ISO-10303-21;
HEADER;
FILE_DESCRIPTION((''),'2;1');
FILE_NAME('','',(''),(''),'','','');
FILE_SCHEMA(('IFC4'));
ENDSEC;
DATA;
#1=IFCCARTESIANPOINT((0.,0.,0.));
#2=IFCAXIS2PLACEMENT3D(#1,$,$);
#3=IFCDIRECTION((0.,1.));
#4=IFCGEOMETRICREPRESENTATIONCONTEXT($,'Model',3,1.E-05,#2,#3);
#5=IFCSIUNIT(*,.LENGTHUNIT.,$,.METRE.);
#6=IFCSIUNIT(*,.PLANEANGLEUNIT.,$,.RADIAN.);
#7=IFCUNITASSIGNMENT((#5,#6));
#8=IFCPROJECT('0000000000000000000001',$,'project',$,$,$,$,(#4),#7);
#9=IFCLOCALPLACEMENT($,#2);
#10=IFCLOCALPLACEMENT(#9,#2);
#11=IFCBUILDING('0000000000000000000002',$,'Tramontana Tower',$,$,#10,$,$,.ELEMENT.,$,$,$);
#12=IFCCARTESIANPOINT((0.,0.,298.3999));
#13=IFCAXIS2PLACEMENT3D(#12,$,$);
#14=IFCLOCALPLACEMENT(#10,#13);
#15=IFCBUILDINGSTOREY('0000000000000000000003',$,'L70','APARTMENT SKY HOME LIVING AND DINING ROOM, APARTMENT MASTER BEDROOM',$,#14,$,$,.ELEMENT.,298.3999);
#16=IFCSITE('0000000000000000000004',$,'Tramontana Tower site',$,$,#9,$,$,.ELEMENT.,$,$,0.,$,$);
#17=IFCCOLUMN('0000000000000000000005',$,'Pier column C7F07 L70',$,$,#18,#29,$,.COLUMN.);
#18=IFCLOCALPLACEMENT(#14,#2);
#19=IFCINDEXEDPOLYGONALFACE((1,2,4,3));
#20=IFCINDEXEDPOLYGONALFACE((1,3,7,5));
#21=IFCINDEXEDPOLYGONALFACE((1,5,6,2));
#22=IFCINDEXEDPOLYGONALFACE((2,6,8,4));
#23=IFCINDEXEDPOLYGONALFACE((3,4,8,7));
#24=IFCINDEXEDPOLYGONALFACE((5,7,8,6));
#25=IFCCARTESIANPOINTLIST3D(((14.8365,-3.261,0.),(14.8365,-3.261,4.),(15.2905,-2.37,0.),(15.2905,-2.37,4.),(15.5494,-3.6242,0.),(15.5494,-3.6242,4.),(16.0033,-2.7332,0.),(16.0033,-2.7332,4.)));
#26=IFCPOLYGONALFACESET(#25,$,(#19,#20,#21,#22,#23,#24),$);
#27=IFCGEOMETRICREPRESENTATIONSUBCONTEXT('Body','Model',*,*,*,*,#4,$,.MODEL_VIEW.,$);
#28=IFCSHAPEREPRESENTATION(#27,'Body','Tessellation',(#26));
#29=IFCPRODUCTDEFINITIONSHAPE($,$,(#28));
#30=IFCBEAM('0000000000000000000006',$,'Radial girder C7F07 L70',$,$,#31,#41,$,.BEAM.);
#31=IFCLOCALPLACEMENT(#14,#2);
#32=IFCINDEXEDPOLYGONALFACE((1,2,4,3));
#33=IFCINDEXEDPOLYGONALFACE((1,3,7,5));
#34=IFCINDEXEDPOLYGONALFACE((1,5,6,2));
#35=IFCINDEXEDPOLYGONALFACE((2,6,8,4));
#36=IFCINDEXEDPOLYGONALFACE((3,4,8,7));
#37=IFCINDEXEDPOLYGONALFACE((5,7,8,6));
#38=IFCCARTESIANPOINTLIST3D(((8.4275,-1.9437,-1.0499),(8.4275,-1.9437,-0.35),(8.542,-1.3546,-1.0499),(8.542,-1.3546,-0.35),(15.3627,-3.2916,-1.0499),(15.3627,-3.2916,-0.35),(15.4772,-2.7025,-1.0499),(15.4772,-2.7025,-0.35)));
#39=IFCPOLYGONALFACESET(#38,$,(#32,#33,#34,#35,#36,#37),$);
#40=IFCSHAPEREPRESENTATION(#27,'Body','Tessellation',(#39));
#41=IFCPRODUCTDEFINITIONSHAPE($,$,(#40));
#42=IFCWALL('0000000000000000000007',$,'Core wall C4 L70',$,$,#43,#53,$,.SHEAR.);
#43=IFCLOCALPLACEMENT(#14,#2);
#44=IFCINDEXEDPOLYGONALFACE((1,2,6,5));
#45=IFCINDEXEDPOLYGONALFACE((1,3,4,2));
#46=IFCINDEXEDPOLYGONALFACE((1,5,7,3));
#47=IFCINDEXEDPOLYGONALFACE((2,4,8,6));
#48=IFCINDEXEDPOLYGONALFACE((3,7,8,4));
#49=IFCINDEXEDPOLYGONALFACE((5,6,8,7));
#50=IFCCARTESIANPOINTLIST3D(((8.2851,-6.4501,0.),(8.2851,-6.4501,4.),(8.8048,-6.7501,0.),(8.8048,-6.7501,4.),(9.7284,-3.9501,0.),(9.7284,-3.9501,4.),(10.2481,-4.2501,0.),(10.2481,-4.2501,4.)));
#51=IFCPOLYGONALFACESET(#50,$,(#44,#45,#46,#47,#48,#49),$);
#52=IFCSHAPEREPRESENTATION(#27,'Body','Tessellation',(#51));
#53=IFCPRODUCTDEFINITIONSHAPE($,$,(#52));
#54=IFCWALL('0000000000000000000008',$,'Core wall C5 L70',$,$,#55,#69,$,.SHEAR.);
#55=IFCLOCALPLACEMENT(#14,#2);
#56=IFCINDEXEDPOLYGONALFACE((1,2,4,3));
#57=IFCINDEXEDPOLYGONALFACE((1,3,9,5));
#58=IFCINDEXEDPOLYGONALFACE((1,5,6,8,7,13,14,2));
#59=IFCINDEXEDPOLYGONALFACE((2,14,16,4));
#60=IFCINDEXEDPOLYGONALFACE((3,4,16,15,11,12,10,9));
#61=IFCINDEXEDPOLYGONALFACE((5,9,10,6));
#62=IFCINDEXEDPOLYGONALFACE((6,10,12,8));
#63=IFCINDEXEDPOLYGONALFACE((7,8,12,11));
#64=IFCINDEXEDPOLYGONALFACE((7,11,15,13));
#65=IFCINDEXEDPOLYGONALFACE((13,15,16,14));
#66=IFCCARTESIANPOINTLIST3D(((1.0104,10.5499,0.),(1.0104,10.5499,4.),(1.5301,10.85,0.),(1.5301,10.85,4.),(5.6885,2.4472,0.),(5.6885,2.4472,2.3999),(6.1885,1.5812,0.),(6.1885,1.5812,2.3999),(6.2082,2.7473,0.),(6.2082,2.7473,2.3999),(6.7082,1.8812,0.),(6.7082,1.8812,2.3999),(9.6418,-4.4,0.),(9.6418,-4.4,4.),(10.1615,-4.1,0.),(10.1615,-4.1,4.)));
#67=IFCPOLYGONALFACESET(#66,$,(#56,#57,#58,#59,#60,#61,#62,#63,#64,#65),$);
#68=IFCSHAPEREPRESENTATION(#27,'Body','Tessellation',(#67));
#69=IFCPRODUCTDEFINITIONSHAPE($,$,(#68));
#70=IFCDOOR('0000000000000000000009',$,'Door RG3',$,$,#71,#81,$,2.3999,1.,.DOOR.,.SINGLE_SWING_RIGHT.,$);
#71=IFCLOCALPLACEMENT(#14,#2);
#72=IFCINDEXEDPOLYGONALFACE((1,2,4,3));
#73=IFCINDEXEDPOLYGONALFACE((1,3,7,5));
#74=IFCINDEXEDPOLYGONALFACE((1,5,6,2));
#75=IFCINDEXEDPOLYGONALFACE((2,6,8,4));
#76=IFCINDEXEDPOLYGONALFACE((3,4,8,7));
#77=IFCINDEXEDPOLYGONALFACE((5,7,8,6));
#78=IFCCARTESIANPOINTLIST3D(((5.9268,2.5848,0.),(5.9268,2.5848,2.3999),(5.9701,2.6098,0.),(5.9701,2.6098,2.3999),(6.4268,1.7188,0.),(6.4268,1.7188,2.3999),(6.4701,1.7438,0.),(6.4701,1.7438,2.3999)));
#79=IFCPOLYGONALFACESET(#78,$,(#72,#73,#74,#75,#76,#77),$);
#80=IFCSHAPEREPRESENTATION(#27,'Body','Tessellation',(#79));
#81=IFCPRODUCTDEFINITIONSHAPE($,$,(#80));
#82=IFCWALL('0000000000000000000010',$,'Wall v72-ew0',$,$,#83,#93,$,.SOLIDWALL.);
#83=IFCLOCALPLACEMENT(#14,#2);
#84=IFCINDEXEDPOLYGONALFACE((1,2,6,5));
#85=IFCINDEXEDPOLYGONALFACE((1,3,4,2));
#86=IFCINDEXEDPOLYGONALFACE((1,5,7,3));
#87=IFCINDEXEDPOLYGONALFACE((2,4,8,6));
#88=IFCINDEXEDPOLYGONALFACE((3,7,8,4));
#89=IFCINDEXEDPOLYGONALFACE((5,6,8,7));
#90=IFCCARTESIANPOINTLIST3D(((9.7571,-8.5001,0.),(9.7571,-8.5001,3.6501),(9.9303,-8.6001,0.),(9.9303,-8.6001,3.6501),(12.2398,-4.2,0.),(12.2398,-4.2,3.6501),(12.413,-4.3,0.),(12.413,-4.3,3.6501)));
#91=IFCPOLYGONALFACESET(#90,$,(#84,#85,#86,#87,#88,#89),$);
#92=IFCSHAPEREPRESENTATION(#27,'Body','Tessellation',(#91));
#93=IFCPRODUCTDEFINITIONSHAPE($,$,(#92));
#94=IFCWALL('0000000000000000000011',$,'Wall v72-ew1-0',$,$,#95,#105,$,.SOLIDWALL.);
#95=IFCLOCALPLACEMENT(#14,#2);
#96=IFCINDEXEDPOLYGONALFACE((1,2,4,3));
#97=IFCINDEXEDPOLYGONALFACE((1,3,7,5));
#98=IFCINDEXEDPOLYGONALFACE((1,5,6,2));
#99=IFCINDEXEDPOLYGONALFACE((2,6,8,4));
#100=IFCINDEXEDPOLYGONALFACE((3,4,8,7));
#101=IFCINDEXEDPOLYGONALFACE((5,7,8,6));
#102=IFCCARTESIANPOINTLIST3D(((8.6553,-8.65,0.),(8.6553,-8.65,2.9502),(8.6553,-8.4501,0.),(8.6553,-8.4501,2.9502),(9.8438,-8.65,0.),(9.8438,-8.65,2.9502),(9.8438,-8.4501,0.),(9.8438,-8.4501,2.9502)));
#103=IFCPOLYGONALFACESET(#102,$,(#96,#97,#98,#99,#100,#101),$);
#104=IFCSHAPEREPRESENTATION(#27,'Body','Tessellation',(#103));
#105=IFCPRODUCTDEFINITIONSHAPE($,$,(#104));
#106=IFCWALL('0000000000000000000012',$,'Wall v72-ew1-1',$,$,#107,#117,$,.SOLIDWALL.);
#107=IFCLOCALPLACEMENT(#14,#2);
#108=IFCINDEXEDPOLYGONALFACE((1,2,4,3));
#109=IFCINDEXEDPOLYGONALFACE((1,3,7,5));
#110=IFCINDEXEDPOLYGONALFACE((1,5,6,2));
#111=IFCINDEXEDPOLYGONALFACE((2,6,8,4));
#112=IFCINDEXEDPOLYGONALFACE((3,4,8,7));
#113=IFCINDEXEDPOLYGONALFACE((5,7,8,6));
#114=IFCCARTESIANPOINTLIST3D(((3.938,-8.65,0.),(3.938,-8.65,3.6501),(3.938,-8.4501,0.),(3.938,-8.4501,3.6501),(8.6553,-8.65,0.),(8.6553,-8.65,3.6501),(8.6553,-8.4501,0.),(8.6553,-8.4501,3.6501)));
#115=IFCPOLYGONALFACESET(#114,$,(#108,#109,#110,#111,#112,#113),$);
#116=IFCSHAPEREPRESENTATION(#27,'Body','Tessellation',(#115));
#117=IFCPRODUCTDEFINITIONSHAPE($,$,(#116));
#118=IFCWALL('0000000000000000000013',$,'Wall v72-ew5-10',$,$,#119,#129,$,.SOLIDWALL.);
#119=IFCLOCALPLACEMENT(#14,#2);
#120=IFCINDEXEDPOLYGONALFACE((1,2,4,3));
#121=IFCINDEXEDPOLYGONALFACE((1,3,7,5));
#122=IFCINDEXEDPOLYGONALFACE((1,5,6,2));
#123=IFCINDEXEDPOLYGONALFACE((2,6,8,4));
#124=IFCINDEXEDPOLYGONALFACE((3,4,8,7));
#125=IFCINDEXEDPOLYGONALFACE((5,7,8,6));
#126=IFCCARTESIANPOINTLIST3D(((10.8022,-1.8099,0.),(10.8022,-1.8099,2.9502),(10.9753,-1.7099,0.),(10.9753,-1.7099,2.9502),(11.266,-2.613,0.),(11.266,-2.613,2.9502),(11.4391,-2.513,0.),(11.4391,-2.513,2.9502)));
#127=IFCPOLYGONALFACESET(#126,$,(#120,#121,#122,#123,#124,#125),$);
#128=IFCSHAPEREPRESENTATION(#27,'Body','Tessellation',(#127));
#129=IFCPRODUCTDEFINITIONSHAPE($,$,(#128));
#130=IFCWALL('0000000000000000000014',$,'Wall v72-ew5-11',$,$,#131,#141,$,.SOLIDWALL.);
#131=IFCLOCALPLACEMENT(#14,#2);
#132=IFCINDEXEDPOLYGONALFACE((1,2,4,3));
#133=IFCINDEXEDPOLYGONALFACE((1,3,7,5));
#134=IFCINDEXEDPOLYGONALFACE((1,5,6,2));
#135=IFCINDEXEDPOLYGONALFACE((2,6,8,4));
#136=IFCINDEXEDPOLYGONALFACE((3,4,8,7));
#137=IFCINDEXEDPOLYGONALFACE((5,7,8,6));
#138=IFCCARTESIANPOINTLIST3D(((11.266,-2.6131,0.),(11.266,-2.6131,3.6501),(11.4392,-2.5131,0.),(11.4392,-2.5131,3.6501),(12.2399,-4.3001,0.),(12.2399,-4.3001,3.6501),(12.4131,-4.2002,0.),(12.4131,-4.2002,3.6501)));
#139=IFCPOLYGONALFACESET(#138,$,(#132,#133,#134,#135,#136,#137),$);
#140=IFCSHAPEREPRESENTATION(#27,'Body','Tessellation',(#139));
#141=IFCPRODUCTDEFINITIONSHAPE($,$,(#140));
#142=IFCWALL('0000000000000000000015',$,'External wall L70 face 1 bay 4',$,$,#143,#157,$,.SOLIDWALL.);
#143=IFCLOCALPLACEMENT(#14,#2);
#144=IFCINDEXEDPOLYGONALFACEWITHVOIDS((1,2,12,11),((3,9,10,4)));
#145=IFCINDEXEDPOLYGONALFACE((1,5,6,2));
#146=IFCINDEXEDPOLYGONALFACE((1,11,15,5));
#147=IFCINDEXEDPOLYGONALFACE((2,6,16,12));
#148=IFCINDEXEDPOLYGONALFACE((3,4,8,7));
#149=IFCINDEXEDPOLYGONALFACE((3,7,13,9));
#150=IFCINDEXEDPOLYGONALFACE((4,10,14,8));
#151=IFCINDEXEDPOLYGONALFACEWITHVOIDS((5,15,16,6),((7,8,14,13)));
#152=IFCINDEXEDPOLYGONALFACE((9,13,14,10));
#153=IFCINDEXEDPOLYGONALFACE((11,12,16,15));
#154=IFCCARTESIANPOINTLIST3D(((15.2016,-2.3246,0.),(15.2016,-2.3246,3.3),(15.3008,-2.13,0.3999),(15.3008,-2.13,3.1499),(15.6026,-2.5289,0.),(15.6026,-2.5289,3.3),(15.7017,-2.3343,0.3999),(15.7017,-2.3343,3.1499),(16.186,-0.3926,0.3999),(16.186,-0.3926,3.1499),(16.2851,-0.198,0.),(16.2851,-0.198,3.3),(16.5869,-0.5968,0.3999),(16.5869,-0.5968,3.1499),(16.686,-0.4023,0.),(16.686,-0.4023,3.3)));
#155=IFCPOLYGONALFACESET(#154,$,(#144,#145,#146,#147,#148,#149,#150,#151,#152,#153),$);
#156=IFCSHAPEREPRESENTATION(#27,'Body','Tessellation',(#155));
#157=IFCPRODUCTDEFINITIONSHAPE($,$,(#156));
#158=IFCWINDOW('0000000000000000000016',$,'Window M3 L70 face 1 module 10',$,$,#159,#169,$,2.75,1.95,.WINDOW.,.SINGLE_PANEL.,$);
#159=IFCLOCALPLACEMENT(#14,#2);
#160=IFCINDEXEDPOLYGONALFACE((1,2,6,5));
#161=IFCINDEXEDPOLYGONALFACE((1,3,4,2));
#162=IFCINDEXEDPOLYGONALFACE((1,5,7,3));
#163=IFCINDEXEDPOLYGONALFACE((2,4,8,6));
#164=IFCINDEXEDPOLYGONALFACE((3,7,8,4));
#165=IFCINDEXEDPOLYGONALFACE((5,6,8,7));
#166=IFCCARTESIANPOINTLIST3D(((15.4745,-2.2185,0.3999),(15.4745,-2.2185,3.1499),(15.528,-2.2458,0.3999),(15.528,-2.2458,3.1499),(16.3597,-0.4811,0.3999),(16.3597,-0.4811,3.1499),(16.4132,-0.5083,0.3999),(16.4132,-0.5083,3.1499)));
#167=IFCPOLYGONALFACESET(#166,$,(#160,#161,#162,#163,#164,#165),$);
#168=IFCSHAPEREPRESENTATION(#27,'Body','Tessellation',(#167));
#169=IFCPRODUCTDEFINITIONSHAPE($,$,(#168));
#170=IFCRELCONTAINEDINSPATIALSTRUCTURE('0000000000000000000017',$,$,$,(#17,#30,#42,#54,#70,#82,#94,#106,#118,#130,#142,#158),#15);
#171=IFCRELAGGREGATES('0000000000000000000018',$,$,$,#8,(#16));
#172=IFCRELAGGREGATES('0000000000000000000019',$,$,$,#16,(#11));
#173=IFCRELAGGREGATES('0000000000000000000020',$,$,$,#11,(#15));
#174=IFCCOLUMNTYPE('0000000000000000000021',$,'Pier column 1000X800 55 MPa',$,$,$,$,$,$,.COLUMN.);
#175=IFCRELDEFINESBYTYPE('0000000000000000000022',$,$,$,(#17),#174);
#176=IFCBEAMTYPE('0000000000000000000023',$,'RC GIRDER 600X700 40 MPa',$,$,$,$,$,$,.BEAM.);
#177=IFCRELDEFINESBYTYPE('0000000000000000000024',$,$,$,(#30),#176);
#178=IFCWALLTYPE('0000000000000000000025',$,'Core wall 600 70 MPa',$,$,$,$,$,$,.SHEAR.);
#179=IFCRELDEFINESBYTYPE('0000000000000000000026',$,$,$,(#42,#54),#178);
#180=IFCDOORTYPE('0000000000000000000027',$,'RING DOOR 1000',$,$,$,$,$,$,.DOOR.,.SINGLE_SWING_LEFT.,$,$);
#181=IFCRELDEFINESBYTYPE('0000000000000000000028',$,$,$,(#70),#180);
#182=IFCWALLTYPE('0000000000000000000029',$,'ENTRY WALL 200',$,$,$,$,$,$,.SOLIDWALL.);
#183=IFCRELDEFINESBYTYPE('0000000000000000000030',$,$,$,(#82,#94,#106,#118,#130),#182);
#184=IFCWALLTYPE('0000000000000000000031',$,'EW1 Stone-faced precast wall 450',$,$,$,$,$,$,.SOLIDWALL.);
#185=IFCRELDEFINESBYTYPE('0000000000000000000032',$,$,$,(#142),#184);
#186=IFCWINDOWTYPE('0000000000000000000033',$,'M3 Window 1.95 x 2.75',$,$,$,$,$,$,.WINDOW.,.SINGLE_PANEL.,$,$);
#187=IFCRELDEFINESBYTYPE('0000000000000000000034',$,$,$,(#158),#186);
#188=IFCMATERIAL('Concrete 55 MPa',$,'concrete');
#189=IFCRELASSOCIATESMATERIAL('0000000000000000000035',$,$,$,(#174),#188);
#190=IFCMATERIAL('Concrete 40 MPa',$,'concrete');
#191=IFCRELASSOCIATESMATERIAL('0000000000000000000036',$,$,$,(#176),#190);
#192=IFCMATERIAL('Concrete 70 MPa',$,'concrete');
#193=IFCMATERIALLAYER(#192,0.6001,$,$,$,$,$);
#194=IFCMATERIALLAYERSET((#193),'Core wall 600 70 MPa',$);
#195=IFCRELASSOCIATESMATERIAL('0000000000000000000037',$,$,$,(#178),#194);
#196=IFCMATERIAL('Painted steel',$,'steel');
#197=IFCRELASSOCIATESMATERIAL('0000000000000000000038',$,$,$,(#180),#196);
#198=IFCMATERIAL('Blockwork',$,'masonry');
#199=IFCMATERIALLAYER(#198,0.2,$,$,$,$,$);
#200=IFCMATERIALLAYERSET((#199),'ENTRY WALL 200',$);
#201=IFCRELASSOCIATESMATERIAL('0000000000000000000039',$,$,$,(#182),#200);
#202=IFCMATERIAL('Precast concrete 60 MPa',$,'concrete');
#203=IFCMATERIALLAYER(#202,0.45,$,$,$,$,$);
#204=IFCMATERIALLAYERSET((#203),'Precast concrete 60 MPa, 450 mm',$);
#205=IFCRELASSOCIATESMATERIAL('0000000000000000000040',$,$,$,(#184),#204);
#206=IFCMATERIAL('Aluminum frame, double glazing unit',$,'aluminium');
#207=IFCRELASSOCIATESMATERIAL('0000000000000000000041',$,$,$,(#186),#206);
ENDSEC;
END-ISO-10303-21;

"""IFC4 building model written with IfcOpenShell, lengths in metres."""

from ifc_helpers import new_model, si_unit, direction, frame, frame_2d, origin, origin_2d, place, context, subcontext, project, spatial, rectangle, extrude, material, layer, layer_set, material_profile, profile_set, type_object, element, fill, save


model = new_model("IFC4")

# Units and contexts
model_context = context("Model", 3, precision=1e-05, world=origin(), true_north=direction((0.0, 1.0)))
body_context = subcontext(model_context, "Body", "Model", "MODEL_VIEW")
ifc_project = project(units=[si_unit("LENGTHUNIT", "METRE"), si_unit("PLANEANGLEUNIT", "RADIAN")], contexts=[model_context])

# Site, building, storey
site_placement = place(None, origin())
site = spatial("IfcSite", under=ifc_project, at=site_placement, Name="Tramontana Tower site", CompositionType="ELEMENT", RefElevation=0.0)
building_placement = place(site_placement, origin())
building = spatial("IfcBuilding", under=site, at=building_placement, Name="Tramontana Tower", CompositionType="ELEMENT")
storey_placement = place(building_placement, frame((0.0, 0.0, 298.3999)))
storey = spatial("IfcBuildingStorey", under=building, at=storey_placement, Name="L70", Description="APARTMENT SKY HOME LIVING AND DINING ROOM, APARTMENT MASTER BEDROOM", CompositionType="ELEMENT", Elevation=298.3999)

# Column
ifc_material_1 = material(Name="Concrete 55 MPa", Category="concrete")
ifc_material_profile_1 = material_profile(ifc_material_1, rectangle(XDim=1.0, YDim=0.8, at=origin_2d()), Name="Pier column 1000X800 55 MPa")
ifc_profile_set_1 = profile_set([ifc_material_profile_1], Name="Concrete 55 MPa")
column_type = type_object("IfcColumnType", Name="Pier column 1000X800 55 MPa", PredefinedType="COLUMN", material=ifc_profile_set_1)
column_placement = place(storey_placement, frame((15.4199, -2.9971, 0.0), z_axis=(0.0, 0.0, 1.0), x_axis=(0.45399, 0.891007, 0.0)))
element("IfcColumn", 1, at=column_placement, inside=storey, type_object=column_type, Name="Pier column C7F07 L70", PredefinedType="COLUMN", context=body_context, shape_type="SweptSolid", body=[
    extrude(rectangle(XDim=1.0, YDim=0.8, at=origin_2d()), origin(), (0.0, 0.0, 1.0), 4.0),
])

# Beam
ifc_material_2 = material(Name="Concrete 40 MPa", Category="concrete")
ifc_material_profile_2 = material_profile(ifc_material_2, rectangle(XDim=0.6001, YDim=0.7, at=origin_2d()), Name="RC GIRDER 600X700 40 MPa")
ifc_profile_set_2 = profile_set([ifc_material_profile_2], Name="Concrete 40 MPa")
beam_type = type_object("IfcBeamType", Name="RC GIRDER 600X700 40 MPa", PredefinedType="BEAM", material=ifc_profile_set_2)
beam_placement = place(storey_placement, frame((15.4199, -2.9971, -0.7), z_axis=(-0.981631, 0.19079, 0.0), x_axis=(-0.19079, -0.981631, 0.0)))
element("IfcBeam", 2, at=beam_placement, inside=storey, type_object=beam_type, Name="Radial girder C7F07 L70", PredefinedType="BEAM", context=body_context, shape_type="SweptSolid", body=[
    extrude(rectangle(XDim=0.6001, YDim=0.7, at=origin_2d()), origin(), (0.0, 0.0, 1.0), 7.0649),
])

# Wall
ifc_material_3 = material(Name="Concrete 70 MPa", Category="concrete")
ifc_layer_1 = layer(ifc_material_3, 0.6001)
ifc_layer_set_1 = layer_set([ifc_layer_1], Name="Core wall 600 70 MPa")
wall_type_1 = type_object("IfcWallType", Name="Core wall 600 70 MPa", PredefinedType="SHEAR", material=ifc_layer_set_1)
wall_1_placement = place(storey_placement, frame((8.5449, -6.6001, 0.0), z_axis=(0.0, 0.0, 1.0), x_axis=(0.499996, 0.866028, 0.0)))
element("IfcWall", 3, at=wall_1_placement, inside=storey, type_object=wall_type_1, Name="Core wall C4 L70", PredefinedType="SHEAR", context=body_context, shape_type="SweptSolid", body=[
    extrude(rectangle(XDim=2.8867, YDim=0.6001, at=frame_2d((1.4434, 0.0))), origin(), (0.0, 0.0, 1.0), 4.0),
])

# Wall, opening, door
wall_2_placement = place(storey_placement, frame((9.9016, -4.25, 0.0), z_axis=(0.0, 0.0, 1.0), x_axis=(-0.5, 0.866026, 0.0)))
wall_2 = element("IfcWall", 4, at=wall_2_placement, inside=storey, type_object=wall_type_1, Name="Core wall C5 L70", PredefinedType="SHEAR", context=body_context, shape_type="SweptSolid", body=[
    extrude(rectangle(XDim=17.2627, YDim=0.6001, at=frame_2d((8.6313, 0.0))), origin(), (0.0, 0.0, 1.0), 4.0),
])
opening_1_placement = place(wall_2_placement, frame((6.9065, 0.0, 0.0)))
opening_1 = element("IfcOpeningElement", 5, at=opening_1_placement, cuts=wall_2, PredefinedType="OPENING", context=body_context, shape_type="SweptSolid", body=[
    extrude(rectangle(XDim=1.0, YDim=2.3999, at=frame_2d((0.5, 1.2))), frame((0.0, 0.3101, 0.0), z_axis=(0.0, -1.0, 0.0), x_axis=(1.0, 0.0, 0.0)), (0.0, 0.0, 1.0), 0.6201),
])
ifc_material_4 = material(Name="Painted steel", Category="steel")
door_type_1 = type_object("IfcDoorType", Name="RING DOOR 1000", OperationType="SINGLE_SWING_LEFT", PredefinedType="DOOR", material=ifc_material_4)
door_1_placement = place(opening_1_placement, origin())
door_1 = element("IfcDoor", 6, at=door_1_placement, inside=storey, type_object=door_type_1, Name="Door RG3", OperationType="SINGLE_SWING_RIGHT", OverallHeight=2.3999, OverallWidth=1.0, PredefinedType="DOOR", context=body_context, shape_type="SweptSolid", body=[
    extrude(rectangle(XDim=1.0, YDim=2.3999, at=frame_2d((0.5, 1.2))), frame((0.0, 0.0249, 0.0), z_axis=(0.0, -1.0, 0.0), x_axis=(1.0, 0.0, 0.0)), (0.0, 0.0, 1.0), 0.05),
])
fill(opening_1, door_1)

# Walls
ifc_material_5 = material(Name="Blockwork", Category="masonry")
ifc_layer_2 = layer(ifc_material_5, 0.2)
ifc_layer_set_2 = layer_set([ifc_layer_2], Name="ENTRY WALL 200")
wall_type_2 = type_object("IfcWallType", Name="ENTRY WALL 200", PredefinedType="SOLIDWALL", material=ifc_layer_set_2)
wall_3_placement = place(storey_placement, frame((12.3264, -4.25, 0.0), z_axis=(0.0, 0.0, 1.0), x_axis=(-0.500005, -0.866023, 0.0)))
element("IfcWall", 7, at=wall_3_placement, inside=storey, type_object=wall_type_2, Name="Wall v72-ew0", PredefinedType="SOLIDWALL", context=body_context, shape_type="SweptSolid", body=[
    extrude(rectangle(XDim=4.9653, YDim=0.2, at=frame_2d((2.4827, 0.0))), origin(), (0.0, 0.0, 1.0), 3.6501),
])
wall_4_placement = place(storey_placement, frame((9.8438, -8.55, 0.0), z_axis=(0.0, 0.0, 1.0), x_axis=(-1.0, 0.0, 0.0)))
element("IfcWall", 8, at=wall_4_placement, inside=storey, type_object=wall_type_2, Name="Wall v72-ew1-0", PredefinedType="SOLIDWALL", context=body_context, shape_type="SweptSolid", body=[
    extrude(rectangle(XDim=1.1885, YDim=0.2, at=frame_2d((0.5942, 0.0))), origin(), (0.0, 0.0, 1.0), 2.9502),
])
wall_5_placement = place(storey_placement, frame((8.6553, -8.55, 0.0), z_axis=(0.0, 0.0, 1.0), x_axis=(-1.0, 0.0, 0.0)))
element("IfcWall", 9, at=wall_5_placement, inside=storey, type_object=wall_type_2, Name="Wall v72-ew1-1", PredefinedType="SOLIDWALL", context=body_context, shape_type="SweptSolid", body=[
    extrude(rectangle(XDim=4.7173, YDim=0.2, at=frame_2d((2.3586, 0.0))), origin(), (0.0, 0.0, 1.0), 3.6501),
])
wall_6_placement = place(storey_placement, frame((10.8887, -1.7598, 0.0), z_axis=(0.0, 0.0, 1.0), x_axis=(0.500102, -0.865966, 0.0)))
element("IfcWall", 10, at=wall_6_placement, inside=storey, type_object=wall_type_2, Name="Wall v72-ew5-10", PredefinedType="SOLIDWALL", context=body_context, shape_type="SweptSolid", body=[
    extrude(rectangle(XDim=0.9275, YDim=0.2, at=frame_2d((0.4639, 0.0))), origin(), (0.0, 0.0, 1.0), 2.9502),
])
wall_7_placement = place(storey_placement, frame((11.3525, -2.563, 0.0), z_axis=(0.0, 0.0, 1.0), x_axis=(0.499954, -0.866052, 0.0)))
element("IfcWall", 11, at=wall_7_placement, inside=storey, type_object=wall_type_2, Name="Wall v72-ew5-11", PredefinedType="SOLIDWALL", context=body_context, shape_type="SweptSolid", body=[
    extrude(rectangle(XDim=1.948, YDim=0.2, at=frame_2d((0.9741, 0.0))), origin(), (0.0, 0.0, 1.0), 3.6501),
])

# Wall, opening, window
ifc_material_6 = material(Name="Precast concrete 60 MPa", Category="concrete")
ifc_layer_3 = layer(ifc_material_6, 0.45)
ifc_layer_set_3 = layer_set([ifc_layer_3], Name="Precast concrete 60 MPa, 450 mm")
wall_type_3 = type_object("IfcWallType", Name="EW1 Stone-faced precast wall 450", PredefinedType="SOLIDWALL", material=ifc_layer_set_3)
wall_8_placement = place(storey_placement, frame((15.4021, -2.4268, 0.0), z_axis=(0.0, 0.0, 1.0), x_axis=(0.453952, 0.891026, 0.0)))
wall_8 = element("IfcWall", 12, at=wall_8_placement, inside=storey, type_object=wall_type_3, Name="External wall L70 face 1 bay 4", PredefinedType="SOLIDWALL", context=body_context, shape_type="SweptSolid", body=[
    extrude(rectangle(XDim=2.3867, YDim=0.45, at=frame_2d((1.1934, 0.0))), origin(), (0.0, 0.0, 1.0), 3.3),
])
opening_2_placement = place(wall_8_placement, frame((0.2183, 0.0, 0.3999)))
opening_2 = element("IfcOpeningElement", 13, at=opening_2_placement, cuts=wall_8, PredefinedType="OPENING", context=body_context, shape_type="SweptSolid", body=[
    extrude(rectangle(XDim=1.95, YDim=2.75, at=frame_2d((0.9751, 1.375))), frame((0.0, 0.2349, 0.0), z_axis=(0.0, -1.0, 0.0), x_axis=(1.0, 0.0, 0.0)), (0.0, 0.0, 1.0), 0.47),
])
ifc_material_7 = material(Name="Aluminum frame, double glazing unit", Category="aluminium")
window_type = type_object("IfcWindowType", Name="M3 Window 1.95 x 2.75", PartitioningType="SINGLE_PANEL", PredefinedType="WINDOW", material=ifc_material_7)
window_placement = place(opening_2_placement, origin())
window = element("IfcWindow", 14, at=window_placement, inside=storey, type_object=window_type, Name="Window M3 L70 face 1 module 10", OverallHeight=2.75, OverallWidth=1.95, PartitioningType="SINGLE_PANEL", PredefinedType="WINDOW", context=body_context, shape_type="SweptSolid", body=[
    extrude(rectangle(XDim=1.95, YDim=2.75, at=frame_2d((0.9751, 1.375))), frame((0.0, 0.03, 0.0), z_axis=(0.0, -1.0, 0.0), x_axis=(1.0, 0.0, 0.0)), (0.0, 0.0, 1.0), 0.0601),
])
fill(opening_2, window)

save(model, "model.ifc")
